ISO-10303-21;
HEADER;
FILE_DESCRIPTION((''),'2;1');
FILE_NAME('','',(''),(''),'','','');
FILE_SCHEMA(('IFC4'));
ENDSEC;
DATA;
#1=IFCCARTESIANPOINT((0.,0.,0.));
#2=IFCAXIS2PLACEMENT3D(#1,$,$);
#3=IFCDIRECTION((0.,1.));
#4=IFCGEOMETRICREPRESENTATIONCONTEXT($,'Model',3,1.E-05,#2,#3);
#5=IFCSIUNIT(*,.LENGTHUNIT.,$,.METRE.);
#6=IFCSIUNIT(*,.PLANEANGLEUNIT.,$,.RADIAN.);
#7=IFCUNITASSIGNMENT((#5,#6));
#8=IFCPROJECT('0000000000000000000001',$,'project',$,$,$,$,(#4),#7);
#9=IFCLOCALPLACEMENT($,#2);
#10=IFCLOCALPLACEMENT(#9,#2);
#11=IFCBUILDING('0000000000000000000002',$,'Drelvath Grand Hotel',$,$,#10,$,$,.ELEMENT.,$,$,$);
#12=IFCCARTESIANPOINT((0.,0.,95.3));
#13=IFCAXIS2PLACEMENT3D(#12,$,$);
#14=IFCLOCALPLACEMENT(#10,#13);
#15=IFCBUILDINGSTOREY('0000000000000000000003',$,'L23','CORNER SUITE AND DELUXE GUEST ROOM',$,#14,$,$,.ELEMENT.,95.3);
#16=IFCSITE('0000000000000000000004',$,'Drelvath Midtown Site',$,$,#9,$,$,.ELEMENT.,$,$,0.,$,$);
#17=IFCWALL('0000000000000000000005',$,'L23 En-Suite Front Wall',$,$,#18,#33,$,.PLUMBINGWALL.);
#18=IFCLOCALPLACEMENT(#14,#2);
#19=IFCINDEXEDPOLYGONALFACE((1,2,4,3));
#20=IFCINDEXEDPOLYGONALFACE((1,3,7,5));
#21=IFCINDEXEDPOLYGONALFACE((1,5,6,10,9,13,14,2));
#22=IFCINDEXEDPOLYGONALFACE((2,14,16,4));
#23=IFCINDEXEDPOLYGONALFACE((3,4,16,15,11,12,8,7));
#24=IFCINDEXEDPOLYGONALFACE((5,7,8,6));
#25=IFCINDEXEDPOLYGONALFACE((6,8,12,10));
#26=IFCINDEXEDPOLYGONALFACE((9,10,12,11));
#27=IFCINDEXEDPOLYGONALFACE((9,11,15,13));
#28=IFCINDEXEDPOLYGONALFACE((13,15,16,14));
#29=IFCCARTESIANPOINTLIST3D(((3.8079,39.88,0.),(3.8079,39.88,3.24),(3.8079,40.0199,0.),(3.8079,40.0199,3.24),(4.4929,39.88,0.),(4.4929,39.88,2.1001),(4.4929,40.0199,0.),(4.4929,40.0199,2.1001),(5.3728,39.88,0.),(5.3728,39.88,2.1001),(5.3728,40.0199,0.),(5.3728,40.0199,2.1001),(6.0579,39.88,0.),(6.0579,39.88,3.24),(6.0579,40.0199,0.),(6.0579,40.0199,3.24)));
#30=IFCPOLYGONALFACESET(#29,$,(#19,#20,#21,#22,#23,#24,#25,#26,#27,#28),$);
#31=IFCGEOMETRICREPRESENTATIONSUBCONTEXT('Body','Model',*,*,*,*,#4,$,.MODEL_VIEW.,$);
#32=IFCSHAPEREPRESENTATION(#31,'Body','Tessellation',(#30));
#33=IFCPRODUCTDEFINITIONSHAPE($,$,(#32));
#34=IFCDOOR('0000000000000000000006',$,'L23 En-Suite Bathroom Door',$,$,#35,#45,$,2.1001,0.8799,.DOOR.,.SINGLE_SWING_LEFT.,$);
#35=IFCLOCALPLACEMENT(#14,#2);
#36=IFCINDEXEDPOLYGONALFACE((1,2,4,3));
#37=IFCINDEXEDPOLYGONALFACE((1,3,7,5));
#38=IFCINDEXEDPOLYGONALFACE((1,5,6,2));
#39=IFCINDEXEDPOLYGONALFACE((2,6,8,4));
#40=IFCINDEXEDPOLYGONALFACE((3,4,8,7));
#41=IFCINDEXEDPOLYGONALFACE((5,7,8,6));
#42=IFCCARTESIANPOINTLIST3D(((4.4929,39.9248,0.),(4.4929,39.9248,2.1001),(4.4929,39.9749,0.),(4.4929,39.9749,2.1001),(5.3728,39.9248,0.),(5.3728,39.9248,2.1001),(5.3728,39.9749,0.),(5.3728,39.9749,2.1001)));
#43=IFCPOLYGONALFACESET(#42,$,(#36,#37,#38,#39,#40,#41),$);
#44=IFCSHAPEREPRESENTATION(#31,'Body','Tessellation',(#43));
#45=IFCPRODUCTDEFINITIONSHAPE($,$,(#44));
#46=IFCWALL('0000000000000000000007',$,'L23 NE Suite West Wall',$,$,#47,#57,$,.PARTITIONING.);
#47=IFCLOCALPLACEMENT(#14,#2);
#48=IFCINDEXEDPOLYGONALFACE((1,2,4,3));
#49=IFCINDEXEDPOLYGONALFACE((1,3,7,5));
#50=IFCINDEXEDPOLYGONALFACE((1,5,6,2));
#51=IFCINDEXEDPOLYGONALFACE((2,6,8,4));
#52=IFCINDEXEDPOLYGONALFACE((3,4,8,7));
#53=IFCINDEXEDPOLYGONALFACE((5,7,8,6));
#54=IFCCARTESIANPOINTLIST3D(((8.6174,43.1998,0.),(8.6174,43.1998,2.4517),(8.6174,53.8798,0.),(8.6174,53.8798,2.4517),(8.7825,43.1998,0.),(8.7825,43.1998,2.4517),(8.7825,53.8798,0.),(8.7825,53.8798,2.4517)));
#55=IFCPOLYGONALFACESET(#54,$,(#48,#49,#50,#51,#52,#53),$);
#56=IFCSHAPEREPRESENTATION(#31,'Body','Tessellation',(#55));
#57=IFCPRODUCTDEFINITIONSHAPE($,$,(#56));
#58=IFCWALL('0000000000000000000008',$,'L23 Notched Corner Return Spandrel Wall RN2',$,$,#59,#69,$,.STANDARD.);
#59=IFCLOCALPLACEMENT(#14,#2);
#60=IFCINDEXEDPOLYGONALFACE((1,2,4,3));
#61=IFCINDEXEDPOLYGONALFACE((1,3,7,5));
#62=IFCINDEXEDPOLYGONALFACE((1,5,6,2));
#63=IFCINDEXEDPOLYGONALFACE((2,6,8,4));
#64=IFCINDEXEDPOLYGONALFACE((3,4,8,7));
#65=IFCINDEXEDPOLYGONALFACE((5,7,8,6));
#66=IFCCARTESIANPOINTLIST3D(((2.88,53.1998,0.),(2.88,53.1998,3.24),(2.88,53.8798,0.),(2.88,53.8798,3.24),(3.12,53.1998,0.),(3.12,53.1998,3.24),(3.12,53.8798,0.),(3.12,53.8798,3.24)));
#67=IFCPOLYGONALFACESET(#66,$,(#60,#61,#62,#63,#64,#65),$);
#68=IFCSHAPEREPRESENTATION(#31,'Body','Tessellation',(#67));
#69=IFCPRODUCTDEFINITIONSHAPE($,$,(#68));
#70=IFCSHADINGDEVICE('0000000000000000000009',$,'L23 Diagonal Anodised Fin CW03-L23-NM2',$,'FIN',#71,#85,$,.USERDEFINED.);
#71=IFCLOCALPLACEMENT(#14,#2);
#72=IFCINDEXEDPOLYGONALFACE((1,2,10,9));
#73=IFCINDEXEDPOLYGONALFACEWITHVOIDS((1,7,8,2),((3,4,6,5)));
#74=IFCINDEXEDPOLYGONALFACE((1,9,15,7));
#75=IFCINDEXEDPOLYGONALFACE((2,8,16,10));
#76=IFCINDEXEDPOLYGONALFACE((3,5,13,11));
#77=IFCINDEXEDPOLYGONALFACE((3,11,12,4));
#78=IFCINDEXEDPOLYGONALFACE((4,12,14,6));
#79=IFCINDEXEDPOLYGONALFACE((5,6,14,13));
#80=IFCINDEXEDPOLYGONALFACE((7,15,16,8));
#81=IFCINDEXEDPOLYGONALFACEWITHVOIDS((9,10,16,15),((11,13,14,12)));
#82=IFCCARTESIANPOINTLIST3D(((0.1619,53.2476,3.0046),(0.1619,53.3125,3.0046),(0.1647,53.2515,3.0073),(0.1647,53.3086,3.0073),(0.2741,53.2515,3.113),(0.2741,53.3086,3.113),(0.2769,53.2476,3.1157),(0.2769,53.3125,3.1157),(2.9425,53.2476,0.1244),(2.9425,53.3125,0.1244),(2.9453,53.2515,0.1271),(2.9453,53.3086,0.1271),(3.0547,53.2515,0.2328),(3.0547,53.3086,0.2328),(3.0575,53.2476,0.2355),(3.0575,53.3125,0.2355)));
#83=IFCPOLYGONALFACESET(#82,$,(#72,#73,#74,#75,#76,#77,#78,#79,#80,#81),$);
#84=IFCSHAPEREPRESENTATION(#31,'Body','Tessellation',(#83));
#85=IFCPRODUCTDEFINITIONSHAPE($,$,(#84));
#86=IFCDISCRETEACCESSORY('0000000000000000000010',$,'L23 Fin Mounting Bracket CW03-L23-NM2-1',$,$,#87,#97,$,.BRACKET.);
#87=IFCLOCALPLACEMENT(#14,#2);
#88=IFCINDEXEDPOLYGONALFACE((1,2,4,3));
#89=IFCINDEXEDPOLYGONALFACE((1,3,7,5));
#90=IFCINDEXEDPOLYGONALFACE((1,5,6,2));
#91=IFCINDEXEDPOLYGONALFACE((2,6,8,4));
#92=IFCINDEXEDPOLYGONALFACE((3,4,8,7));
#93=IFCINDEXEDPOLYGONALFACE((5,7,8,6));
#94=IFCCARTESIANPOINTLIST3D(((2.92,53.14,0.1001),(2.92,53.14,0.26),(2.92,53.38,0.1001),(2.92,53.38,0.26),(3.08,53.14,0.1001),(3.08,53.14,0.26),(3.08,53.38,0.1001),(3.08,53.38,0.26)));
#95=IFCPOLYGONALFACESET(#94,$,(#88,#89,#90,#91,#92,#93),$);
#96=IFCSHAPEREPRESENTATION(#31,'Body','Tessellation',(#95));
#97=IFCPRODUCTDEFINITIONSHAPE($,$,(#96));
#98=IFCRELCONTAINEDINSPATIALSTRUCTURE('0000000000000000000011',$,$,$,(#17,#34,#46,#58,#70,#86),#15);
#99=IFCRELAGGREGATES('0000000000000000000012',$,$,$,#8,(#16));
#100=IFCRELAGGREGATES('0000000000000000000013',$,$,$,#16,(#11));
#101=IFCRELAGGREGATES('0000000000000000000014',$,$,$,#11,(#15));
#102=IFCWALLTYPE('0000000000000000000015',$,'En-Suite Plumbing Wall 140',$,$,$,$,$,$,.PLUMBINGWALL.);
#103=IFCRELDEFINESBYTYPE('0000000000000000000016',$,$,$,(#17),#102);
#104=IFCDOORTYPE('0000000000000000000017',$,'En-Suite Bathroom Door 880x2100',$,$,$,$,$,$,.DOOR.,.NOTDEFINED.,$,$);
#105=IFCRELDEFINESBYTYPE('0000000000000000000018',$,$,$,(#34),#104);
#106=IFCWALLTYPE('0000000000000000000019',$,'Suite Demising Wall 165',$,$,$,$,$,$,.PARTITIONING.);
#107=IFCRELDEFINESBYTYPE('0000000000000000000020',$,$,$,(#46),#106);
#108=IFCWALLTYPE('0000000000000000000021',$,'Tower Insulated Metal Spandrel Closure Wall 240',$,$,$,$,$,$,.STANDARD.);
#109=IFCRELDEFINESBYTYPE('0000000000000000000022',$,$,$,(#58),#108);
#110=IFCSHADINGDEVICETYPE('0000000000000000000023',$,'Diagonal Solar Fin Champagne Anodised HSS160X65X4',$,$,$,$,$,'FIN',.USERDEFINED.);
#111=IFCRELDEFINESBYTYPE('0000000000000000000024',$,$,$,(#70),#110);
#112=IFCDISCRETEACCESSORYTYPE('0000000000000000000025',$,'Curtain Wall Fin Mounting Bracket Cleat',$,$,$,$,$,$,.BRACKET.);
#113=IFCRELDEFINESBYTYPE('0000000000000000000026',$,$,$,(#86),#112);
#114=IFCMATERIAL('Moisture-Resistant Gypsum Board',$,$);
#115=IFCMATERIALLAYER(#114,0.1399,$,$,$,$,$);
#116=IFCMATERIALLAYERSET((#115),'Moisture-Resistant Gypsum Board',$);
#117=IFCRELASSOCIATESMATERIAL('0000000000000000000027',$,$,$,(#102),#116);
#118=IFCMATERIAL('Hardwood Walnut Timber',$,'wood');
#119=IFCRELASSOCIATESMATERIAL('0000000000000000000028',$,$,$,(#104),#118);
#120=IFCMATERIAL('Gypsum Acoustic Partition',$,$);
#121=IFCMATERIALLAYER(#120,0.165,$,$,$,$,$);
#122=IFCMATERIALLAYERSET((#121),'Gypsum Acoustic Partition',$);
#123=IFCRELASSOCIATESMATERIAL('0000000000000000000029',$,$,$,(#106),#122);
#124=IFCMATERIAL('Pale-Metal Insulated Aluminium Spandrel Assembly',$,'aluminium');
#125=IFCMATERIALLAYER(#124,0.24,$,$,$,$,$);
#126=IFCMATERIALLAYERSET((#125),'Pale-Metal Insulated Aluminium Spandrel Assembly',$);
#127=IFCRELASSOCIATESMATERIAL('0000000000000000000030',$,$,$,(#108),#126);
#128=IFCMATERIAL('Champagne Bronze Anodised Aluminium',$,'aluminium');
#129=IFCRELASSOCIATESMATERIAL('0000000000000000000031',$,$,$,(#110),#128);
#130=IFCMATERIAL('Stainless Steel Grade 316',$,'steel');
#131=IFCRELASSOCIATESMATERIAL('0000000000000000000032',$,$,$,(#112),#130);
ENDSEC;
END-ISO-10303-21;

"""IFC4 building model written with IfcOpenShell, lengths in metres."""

from ifc_helpers import new_model, si_unit, direction, frame, frame_2d, origin, origin_2d, place, context, subcontext, project, spatial, rectangle, hollow_rectangle, extrude, material, layer, layer_set, material_profile, profile_set, type_object, element, fill, save


model = new_model("IFC4")

# Units and contexts
model_context = context("Model", 3, precision=1e-05, world=origin(), true_north=direction((0.0, 1.0)))
body_context = subcontext(model_context, "Body", "Model", "MODEL_VIEW")
ifc_project = project(units=[si_unit("LENGTHUNIT", "METRE"), si_unit("PLANEANGLEUNIT", "RADIAN")], contexts=[model_context])

# Site, building, storey
site_placement = place(None, origin())
site = spatial("IfcSite", under=ifc_project, at=site_placement, Name="Drelvath Midtown Site", CompositionType="ELEMENT", RefElevation=0.0)
building_placement = place(site_placement, origin())
building = spatial("IfcBuilding", under=site, at=building_placement, Name="Drelvath Grand Hotel", CompositionType="ELEMENT")
storey_placement = place(building_placement, frame((0.0, 0.0, 95.3)))
storey = spatial("IfcBuildingStorey", under=building, at=storey_placement, Name="L23", Description="CORNER SUITE AND DELUXE GUEST ROOM", CompositionType="ELEMENT", Elevation=95.3)

# Shared definitions
ifc_material_1 = material(Name="Hardwood Walnut Timber", Category="wood")

# Shared definitions
ifc_material_2 = material(Name="Moisture-Resistant Gypsum Board")
ifc_layer_1 = layer(ifc_material_2, 0.1399)
ifc_layer_set_1 = layer_set([ifc_layer_1], Name="Moisture-Resistant Gypsum Board")
wall_type_1 = type_object("IfcWallType", Name="En-Suite Plumbing Wall 140", PredefinedType="PLUMBINGWALL", material=ifc_layer_set_1)

# Wall, opening, door
door_type_1 = type_object("IfcDoorType", Name="En-Suite Bathroom Door 880x2100", OperationType="NOTDEFINED", PredefinedType="DOOR", material=ifc_material_1)
wall_1_placement = place(storey_placement, frame((3.8079, 39.95, 0.0), z_axis=(0.0, 0.0, 1.0), x_axis=(1.0, 0.0, 0.0)))
wall_1 = element("IfcWall", 1, at=wall_1_placement, inside=storey, type_object=wall_type_1, Name="L23 En-Suite Front Wall", PredefinedType="PLUMBINGWALL", context=body_context, shape_type="SweptSolid", body=[
    extrude(rectangle(XDim=2.25, YDim=0.1399, at=frame_2d((1.125, 0.0))), origin(), (0.0, 0.0, 1.0), 3.24),
])
opening_1_placement = place(wall_1_placement, frame((0.6851, 0.0, 0.0)))
opening_1 = element("IfcOpeningElement", 2, at=opening_1_placement, cuts=wall_1, PredefinedType="OPENING", context=body_context, shape_type="SweptSolid", body=[
    extrude(rectangle(XDim=0.8799, YDim=2.1001, at=frame_2d((0.4399, 1.05))), frame((0.0, 0.0798, 0.0), z_axis=(0.0, -1.0, 0.0), x_axis=(1.0, 0.0, 0.0)), (0.0, 0.0, 1.0), 0.1599),
])
door_1_placement = place(opening_1_placement, origin())
door_1 = element("IfcDoor", 3, at=door_1_placement, inside=storey, type_object=door_type_1, Name="L23 En-Suite Bathroom Door", OperationType="SINGLE_SWING_LEFT", OverallHeight=2.1001, OverallWidth=0.8799, PredefinedType="DOOR", context=body_context, shape_type="SweptSolid", body=[
    extrude(rectangle(XDim=0.8799, YDim=2.1001, at=frame_2d((0.4399, 1.05))), frame((0.0, 0.0249, 0.0), z_axis=(0.0, -1.0, 0.0), x_axis=(1.0, 0.0, 0.0)), (0.0, 0.0, 1.0), 0.05),
])
fill(opening_1, door_1)

# Walls
ifc_material_3 = material(Name="Gypsum Acoustic Partition")
ifc_layer_2 = layer(ifc_material_3, 0.165)
ifc_layer_set_2 = layer_set([ifc_layer_2], Name="Gypsum Acoustic Partition")
wall_type_2 = type_object("IfcWallType", Name="Suite Demising Wall 165", PredefinedType="PARTITIONING", material=ifc_layer_set_2)
wall_2_placement = place(storey_placement, frame((8.7, 43.2, 0.0), z_axis=(0.0, 0.0, 1.0), x_axis=(0.0, 1.0, 0.0)))
element("IfcWall", 4, at=wall_2_placement, inside=storey, type_object=wall_type_2, Name="L23 NE Suite West Wall", PredefinedType="PARTITIONING", context=body_context, shape_type="SweptSolid", body=[
    extrude(rectangle(XDim=10.6799, YDim=0.165, at=frame_2d((5.3398, 0.0))), origin(), (0.0, 0.0, 1.0), 2.4517),
])
ifc_material_4 = material(Name="Pale-Metal Insulated Aluminium Spandrel Assembly", Category="aluminium")
ifc_layer_3 = layer(ifc_material_4, 0.24)
ifc_layer_set_3 = layer_set([ifc_layer_3], Name="Pale-Metal Insulated Aluminium Spandrel Assembly")
wall_type_3 = type_object("IfcWallType", Name="Tower Insulated Metal Spandrel Closure Wall 240", PredefinedType="STANDARD", material=ifc_layer_set_3)
wall_3_placement = place(storey_placement, frame((3.0, 53.2, 0.0), z_axis=(0.0, 0.0, 1.0), x_axis=(0.0, 1.0, 0.0)))
element("IfcWall", 5, at=wall_3_placement, inside=storey, type_object=wall_type_3, Name="L23 Notched Corner Return Spandrel Wall RN2", PredefinedType="STANDARD", context=body_context, shape_type="SweptSolid", body=[
    extrude(rectangle(XDim=0.6799, YDim=0.24, at=frame_2d((0.3398, 0.0))), origin(), (0.0, 0.0, 1.0), 3.24),
])

# Shading device
ifc_material_5 = material(Name="Champagne Bronze Anodised Aluminium", Category="aluminium")
ifc_material_profile_1 = material_profile(ifc_material_5, hollow_rectangle(XDim=0.0649, YDim=0.1599, WallThickness=0.0039, at=origin_2d()), Name="HSS160X65X4")
ifc_profile_set_1 = profile_set([ifc_material_profile_1], Name="Champagne Bronze Anodised Aluminium")
shading_device_type = type_object("IfcShadingDeviceType", Name="Diagonal Solar Fin Champagne Anodised HSS160X65X4", ElementType="FIN", PredefinedType="USERDEFINED", material=ifc_profile_set_1)
shading_device_placement = place(storey_placement, frame((3.0, 53.28, 0.1799), z_axis=(-0.694556, 0.0, 0.719438), x_axis=(0.0, -1.0, 0.0)))
element("IfcShadingDevice", 6, at=shading_device_placement, inside=storey, type_object=shading_device_type, Name="L23 Diagonal Anodised Fin CW03-L23-NM2", ObjectType="FIN", PredefinedType="USERDEFINED", context=body_context, shape_type="SweptSolid", body=[
    extrude(hollow_rectangle(XDim=0.0649, YDim=0.1599, WallThickness=0.0039, at=origin_2d()), origin(), (0.0, 0.0, 1.0), 4.0034),
])

# Discrete accessory
ifc_material_6 = material(Name="Stainless Steel Grade 316", Category="steel")
discrete_accessory_type = type_object("IfcDiscreteAccessoryType", Name="Curtain Wall Fin Mounting Bracket Cleat", PredefinedType="BRACKET", material=ifc_material_6)
discrete_accessory_placement = place(storey_placement, frame((3.0, 53.26, 0.1001), z_axis=(0.0, 0.0, 1.0), x_axis=(1.0, 0.0, 0.0)))
element("IfcDiscreteAccessory", 7, at=discrete_accessory_placement, inside=storey, type_object=discrete_accessory_type, Name="L23 Fin Mounting Bracket CW03-L23-NM2-1", PredefinedType="BRACKET", context=body_context, shape_type="SweptSolid", body=[
    extrude(rectangle(XDim=0.1599, YDim=0.24, at=origin_2d()), origin(), (0.0, 0.0, 1.0), 0.1599),
])

save(model, "model.ifc")
